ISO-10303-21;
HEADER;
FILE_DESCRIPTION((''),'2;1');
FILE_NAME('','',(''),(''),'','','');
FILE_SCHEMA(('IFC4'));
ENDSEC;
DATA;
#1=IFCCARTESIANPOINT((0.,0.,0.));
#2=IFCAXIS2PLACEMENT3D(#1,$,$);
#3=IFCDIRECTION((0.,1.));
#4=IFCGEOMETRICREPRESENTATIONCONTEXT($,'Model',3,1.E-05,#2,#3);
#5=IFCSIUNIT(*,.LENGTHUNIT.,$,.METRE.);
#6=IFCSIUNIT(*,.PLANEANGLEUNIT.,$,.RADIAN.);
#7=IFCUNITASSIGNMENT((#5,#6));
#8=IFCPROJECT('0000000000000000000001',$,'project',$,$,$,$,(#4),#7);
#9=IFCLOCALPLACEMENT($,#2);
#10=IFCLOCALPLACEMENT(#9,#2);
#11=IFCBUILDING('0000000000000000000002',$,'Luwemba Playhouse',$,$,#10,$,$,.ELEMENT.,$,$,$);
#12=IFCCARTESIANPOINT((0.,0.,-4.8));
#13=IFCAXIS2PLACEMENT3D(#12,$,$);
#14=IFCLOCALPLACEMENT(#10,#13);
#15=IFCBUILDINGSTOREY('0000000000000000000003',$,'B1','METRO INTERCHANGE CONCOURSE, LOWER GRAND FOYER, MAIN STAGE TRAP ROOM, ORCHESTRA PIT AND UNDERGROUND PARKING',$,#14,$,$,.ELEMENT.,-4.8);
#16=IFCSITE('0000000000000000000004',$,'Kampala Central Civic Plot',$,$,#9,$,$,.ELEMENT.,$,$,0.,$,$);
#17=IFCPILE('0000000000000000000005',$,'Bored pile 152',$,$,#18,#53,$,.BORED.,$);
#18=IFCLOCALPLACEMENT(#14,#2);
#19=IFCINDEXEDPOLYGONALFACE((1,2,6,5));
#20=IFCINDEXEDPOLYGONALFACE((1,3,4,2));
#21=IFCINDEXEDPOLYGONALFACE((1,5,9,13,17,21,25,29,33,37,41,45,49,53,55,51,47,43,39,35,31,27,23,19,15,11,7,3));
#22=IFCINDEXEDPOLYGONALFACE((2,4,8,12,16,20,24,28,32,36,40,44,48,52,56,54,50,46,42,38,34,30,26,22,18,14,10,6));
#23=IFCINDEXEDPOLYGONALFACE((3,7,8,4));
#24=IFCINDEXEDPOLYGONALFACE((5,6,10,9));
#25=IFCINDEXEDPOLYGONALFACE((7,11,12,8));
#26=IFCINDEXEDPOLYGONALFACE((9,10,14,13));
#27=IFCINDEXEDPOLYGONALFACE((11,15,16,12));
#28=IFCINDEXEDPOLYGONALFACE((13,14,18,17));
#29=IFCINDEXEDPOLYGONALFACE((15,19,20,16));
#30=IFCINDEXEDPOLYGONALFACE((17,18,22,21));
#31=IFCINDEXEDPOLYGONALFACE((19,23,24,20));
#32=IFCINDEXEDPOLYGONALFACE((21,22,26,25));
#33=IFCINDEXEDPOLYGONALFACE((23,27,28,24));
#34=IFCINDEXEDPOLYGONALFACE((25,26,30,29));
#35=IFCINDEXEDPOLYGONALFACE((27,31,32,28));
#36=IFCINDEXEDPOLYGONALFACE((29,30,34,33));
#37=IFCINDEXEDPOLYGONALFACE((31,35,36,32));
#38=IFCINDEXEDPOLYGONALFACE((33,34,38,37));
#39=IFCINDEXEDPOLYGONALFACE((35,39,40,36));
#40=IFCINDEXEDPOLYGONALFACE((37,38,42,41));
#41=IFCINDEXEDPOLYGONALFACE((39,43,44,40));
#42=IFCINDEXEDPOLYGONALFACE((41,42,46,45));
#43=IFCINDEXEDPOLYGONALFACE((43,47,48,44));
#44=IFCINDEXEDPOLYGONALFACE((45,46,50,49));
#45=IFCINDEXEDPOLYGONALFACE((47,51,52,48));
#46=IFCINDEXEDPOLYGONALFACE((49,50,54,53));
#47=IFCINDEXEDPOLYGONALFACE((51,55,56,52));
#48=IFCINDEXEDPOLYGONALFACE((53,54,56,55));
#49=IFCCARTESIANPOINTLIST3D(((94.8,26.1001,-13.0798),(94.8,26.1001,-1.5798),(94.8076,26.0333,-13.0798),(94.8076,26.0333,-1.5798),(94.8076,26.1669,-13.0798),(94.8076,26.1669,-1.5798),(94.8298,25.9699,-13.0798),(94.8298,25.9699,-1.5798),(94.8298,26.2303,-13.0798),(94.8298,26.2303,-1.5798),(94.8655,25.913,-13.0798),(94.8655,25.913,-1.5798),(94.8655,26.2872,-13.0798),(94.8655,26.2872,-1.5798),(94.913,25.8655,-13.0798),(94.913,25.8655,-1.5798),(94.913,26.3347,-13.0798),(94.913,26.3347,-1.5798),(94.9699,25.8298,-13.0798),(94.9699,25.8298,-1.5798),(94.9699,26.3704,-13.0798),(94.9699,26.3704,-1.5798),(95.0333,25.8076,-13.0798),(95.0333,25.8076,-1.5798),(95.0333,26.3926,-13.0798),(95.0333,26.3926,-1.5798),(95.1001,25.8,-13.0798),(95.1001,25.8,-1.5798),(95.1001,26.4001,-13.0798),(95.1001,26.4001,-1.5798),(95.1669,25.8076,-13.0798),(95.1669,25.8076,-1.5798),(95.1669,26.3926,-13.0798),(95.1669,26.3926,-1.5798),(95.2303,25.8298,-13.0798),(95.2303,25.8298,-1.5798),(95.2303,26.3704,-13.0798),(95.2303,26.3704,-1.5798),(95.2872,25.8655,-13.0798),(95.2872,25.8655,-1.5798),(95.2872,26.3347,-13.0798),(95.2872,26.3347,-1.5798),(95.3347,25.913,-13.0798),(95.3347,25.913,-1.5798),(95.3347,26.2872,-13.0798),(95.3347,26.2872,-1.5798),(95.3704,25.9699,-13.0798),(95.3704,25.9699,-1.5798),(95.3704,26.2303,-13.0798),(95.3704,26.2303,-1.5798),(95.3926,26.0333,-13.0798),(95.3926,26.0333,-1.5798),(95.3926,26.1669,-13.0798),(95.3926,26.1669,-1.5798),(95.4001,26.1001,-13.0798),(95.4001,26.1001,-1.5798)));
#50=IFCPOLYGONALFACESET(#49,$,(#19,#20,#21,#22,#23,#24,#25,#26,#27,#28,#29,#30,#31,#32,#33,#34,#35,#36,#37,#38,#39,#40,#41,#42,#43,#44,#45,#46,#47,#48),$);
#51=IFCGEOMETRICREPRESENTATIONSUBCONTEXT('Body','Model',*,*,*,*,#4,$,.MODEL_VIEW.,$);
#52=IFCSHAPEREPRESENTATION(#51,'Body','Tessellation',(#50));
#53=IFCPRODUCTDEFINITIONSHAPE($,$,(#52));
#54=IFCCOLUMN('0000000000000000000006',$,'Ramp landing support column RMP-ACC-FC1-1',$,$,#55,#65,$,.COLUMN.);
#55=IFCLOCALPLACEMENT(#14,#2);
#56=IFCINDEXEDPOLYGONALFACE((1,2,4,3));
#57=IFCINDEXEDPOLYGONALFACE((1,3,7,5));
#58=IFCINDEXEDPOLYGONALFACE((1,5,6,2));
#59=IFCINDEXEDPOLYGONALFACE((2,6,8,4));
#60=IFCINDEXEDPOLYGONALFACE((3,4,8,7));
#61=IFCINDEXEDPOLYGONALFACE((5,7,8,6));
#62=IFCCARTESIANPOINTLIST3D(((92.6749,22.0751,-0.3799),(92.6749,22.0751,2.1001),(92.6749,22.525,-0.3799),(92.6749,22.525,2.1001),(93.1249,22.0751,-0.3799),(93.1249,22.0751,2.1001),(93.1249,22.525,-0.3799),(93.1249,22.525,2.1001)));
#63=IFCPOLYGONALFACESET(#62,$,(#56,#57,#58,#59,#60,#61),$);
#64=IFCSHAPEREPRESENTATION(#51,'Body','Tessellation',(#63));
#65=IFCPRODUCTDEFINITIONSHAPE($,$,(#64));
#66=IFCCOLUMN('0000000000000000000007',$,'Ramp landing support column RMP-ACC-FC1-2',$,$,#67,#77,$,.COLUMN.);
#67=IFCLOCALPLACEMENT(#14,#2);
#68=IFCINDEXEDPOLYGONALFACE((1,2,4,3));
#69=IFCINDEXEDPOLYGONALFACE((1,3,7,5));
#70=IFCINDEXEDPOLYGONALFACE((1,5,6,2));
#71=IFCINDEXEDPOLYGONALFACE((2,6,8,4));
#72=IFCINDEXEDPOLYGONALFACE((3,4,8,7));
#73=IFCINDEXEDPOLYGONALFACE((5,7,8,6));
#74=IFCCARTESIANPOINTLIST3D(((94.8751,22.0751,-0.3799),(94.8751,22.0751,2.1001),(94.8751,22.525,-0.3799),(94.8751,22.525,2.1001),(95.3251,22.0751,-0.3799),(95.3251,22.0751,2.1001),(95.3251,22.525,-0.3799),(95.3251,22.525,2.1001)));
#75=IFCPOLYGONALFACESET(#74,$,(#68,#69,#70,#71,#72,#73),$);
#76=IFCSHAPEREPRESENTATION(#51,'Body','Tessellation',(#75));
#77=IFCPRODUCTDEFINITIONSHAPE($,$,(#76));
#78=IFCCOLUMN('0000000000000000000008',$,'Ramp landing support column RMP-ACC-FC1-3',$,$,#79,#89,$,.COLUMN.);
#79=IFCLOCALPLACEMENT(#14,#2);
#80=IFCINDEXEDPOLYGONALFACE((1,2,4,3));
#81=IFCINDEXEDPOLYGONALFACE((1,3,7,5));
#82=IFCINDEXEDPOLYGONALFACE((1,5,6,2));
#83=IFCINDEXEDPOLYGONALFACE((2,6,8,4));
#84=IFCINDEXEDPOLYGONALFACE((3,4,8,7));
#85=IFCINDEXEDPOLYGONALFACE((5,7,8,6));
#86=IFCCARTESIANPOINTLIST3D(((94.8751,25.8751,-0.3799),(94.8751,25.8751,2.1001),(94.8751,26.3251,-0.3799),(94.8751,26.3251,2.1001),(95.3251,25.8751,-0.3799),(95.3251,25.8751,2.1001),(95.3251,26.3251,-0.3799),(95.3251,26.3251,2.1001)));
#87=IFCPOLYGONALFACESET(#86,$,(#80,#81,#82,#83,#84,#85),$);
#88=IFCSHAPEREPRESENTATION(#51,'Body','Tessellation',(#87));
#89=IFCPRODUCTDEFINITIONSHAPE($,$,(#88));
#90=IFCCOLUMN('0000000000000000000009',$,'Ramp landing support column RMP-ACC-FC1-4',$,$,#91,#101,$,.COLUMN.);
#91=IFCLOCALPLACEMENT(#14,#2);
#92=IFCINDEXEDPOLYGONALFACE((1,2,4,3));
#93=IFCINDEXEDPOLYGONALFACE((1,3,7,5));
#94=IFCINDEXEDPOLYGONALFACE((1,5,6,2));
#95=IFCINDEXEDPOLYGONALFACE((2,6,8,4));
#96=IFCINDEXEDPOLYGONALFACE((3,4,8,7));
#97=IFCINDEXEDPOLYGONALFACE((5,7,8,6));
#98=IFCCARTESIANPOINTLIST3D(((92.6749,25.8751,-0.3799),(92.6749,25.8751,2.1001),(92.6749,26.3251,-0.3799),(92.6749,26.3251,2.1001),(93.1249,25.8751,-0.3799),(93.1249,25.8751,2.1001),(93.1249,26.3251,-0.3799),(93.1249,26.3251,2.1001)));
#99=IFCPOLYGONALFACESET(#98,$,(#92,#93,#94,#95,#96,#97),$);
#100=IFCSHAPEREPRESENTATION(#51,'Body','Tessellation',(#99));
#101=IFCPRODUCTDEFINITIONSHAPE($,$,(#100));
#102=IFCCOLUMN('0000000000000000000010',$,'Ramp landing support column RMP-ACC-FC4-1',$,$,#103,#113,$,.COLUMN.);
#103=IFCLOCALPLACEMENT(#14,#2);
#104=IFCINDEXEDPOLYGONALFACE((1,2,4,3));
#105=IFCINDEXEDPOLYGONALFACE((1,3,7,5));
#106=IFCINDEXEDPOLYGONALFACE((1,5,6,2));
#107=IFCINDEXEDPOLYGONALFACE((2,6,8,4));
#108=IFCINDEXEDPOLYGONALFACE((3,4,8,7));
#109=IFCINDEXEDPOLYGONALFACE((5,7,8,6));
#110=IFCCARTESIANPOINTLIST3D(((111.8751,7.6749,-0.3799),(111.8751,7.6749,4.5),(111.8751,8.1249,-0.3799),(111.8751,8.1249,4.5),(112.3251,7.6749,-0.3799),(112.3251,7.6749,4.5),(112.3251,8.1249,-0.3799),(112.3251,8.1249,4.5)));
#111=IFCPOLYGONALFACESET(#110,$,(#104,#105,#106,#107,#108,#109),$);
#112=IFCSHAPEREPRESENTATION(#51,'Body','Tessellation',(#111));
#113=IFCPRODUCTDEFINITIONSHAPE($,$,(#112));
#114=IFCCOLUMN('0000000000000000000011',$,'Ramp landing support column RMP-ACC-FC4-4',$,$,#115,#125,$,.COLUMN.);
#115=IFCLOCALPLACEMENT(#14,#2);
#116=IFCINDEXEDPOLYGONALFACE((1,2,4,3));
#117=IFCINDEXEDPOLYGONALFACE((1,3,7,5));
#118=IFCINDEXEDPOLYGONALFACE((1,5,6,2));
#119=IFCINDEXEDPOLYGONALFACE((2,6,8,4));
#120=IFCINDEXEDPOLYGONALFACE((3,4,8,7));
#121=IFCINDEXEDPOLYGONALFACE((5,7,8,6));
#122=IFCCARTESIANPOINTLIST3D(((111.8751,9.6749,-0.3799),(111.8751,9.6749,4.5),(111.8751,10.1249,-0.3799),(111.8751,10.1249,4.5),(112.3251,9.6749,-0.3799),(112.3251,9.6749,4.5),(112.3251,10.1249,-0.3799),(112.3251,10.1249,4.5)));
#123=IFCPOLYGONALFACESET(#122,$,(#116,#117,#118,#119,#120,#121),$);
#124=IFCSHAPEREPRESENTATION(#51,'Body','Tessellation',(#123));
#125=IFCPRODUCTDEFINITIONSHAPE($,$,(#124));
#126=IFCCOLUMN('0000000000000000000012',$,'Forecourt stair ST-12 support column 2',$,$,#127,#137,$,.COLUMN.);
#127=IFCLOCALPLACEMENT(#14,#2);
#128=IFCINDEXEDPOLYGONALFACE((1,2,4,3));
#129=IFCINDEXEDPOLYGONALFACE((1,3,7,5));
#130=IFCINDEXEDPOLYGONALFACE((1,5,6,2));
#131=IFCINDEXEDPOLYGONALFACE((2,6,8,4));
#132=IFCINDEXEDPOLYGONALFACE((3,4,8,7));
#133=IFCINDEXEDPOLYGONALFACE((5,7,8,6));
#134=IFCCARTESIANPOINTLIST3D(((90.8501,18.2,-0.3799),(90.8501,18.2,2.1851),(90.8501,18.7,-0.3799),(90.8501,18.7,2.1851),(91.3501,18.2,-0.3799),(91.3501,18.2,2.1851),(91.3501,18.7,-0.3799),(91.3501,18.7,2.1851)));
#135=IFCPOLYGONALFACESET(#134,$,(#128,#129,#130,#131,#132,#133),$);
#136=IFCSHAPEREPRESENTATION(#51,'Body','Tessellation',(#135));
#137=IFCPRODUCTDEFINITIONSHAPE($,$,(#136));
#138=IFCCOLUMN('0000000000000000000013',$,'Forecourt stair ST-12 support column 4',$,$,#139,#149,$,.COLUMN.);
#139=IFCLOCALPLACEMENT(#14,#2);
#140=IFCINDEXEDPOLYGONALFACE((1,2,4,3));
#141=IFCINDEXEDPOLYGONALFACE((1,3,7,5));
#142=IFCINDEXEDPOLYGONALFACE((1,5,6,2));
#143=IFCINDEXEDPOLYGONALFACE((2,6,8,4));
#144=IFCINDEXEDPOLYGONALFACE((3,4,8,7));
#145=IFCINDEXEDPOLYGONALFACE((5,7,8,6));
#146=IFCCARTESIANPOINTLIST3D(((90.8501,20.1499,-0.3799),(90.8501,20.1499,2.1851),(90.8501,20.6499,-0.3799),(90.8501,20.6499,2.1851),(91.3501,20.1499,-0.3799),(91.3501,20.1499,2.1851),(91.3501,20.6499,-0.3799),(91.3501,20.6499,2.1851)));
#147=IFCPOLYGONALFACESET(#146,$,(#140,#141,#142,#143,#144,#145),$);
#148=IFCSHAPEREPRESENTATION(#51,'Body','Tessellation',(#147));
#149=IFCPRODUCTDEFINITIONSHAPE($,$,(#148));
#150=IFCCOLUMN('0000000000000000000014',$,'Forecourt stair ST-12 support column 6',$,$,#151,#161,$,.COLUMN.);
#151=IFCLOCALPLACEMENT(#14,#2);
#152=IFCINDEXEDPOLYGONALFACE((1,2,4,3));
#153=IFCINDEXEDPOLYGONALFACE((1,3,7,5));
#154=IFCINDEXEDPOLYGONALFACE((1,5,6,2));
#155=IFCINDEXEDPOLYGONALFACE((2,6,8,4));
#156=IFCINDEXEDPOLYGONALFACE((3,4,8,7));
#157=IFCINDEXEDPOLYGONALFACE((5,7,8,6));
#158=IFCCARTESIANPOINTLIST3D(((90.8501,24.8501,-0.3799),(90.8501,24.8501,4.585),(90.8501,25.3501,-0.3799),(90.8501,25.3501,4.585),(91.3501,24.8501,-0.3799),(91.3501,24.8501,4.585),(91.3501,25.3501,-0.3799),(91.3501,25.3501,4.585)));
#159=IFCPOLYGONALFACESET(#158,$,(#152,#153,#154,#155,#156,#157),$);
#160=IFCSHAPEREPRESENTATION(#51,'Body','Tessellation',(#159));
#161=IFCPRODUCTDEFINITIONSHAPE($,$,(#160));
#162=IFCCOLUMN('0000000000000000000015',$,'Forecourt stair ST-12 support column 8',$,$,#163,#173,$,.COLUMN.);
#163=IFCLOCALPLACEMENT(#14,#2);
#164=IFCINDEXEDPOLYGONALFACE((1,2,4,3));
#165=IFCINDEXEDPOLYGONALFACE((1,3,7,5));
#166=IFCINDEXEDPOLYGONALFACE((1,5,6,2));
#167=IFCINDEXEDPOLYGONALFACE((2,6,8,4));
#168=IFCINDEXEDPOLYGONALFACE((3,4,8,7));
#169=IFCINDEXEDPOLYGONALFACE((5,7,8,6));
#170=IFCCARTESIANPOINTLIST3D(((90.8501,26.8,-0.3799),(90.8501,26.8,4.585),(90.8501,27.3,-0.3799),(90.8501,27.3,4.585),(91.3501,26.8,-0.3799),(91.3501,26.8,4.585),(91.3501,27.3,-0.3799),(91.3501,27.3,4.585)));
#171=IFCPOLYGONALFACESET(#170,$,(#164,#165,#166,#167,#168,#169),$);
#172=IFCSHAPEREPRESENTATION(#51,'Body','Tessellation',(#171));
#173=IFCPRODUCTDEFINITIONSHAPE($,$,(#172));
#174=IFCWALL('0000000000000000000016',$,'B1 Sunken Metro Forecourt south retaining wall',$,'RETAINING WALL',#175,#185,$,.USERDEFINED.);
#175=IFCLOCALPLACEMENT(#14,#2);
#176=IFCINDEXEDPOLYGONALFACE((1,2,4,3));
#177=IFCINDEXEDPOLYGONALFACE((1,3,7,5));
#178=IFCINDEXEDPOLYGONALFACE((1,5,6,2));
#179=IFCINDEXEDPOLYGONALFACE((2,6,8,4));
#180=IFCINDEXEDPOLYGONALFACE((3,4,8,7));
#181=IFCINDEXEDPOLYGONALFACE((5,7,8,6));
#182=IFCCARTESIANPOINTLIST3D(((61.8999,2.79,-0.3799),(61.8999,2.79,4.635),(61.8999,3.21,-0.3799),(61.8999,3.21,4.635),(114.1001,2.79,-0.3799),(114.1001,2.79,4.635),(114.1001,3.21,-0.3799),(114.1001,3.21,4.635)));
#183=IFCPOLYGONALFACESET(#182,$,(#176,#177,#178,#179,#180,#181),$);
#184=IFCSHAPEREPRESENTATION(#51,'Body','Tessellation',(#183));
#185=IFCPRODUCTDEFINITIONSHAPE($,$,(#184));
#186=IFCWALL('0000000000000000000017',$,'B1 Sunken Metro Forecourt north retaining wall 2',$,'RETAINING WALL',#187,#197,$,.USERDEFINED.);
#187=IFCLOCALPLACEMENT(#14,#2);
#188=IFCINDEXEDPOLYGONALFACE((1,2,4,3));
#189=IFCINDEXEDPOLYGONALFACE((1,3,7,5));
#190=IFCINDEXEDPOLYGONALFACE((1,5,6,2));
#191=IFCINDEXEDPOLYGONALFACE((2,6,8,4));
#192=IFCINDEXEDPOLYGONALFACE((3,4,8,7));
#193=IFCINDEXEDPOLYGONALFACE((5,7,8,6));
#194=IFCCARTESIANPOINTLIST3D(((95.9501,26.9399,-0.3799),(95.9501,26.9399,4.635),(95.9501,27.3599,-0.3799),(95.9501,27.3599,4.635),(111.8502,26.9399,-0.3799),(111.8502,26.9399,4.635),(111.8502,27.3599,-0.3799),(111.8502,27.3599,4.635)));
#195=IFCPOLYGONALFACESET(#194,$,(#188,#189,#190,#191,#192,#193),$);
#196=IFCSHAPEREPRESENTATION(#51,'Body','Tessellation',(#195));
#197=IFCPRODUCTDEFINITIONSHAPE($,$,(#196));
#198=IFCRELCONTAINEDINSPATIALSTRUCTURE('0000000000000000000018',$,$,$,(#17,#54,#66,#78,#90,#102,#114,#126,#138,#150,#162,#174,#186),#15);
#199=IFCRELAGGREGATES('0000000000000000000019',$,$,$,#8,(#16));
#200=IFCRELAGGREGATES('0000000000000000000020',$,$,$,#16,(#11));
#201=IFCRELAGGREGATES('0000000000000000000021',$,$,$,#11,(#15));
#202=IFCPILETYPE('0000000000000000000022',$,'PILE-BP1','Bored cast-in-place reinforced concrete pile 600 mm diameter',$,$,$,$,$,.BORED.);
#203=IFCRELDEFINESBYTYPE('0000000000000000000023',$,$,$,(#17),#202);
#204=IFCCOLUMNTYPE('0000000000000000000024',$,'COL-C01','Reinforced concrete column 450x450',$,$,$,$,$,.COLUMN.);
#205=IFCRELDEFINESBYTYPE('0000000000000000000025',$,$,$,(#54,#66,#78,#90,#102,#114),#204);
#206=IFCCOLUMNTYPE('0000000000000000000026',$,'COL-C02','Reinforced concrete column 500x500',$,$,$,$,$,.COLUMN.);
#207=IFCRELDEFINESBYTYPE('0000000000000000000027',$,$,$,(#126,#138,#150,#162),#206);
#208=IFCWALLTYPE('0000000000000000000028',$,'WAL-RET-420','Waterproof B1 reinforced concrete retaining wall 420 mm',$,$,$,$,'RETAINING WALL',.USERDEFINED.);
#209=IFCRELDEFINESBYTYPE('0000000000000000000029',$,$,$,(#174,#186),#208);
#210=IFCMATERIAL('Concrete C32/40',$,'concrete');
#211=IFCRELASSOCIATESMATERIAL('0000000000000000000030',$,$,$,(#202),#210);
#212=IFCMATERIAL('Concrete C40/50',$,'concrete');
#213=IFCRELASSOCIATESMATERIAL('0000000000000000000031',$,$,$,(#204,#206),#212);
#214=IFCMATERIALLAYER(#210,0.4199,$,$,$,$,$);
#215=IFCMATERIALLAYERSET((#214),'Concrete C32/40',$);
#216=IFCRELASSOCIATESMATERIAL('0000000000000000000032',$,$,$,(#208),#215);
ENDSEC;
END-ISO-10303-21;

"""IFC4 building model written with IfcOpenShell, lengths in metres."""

from ifc_helpers import new_model, si_unit, direction, frame, frame_2d, origin, origin_2d, place, context, subcontext, project, spatial, rectangle, circle, extrude, material, layer, layer_set, material_profile, profile_set, type_object, element, save


model = new_model("IFC4")

# Units and contexts
model_context = context("Model", 3, precision=1e-05, world=origin(), true_north=direction((0.0, 1.0)))
body_context = subcontext(model_context, "Body", "Model", "MODEL_VIEW")
ifc_project = project(units=[si_unit("LENGTHUNIT", "METRE"), si_unit("PLANEANGLEUNIT", "RADIAN")], contexts=[model_context])

# Site, building, storey
site_placement = place(None, origin())
site = spatial("IfcSite", under=ifc_project, at=site_placement, Name="Kampala Central Civic Plot", CompositionType="ELEMENT", RefElevation=0.0)
building_placement = place(site_placement, origin())
building = spatial("IfcBuilding", under=site, at=building_placement, Name="Luwemba Playhouse", CompositionType="ELEMENT")
storey_placement = place(building_placement, frame((0.0, 0.0, -4.8)))
storey = spatial("IfcBuildingStorey", under=building, at=storey_placement, Name="B1", Description="METRO INTERCHANGE CONCOURSE, LOWER GRAND FOYER, MAIN STAGE TRAP ROOM, ORCHESTRA PIT AND UNDERGROUND PARKING", CompositionType="ELEMENT", Elevation=-4.8)

# Shared definitions
ifc_material_1 = material(Name="Concrete C32/40", Category="concrete")

# Pile
ifc_material_profile_1 = material_profile(ifc_material_1, circle(Radius=0.3, at=origin_2d()))
ifc_profile_set_1 = profile_set([ifc_material_profile_1], Name="Concrete C32/40")
pile_type = type_object("IfcPileType", Name="PILE-BP1", Description="Bored cast-in-place reinforced concrete pile 600 mm diameter", PredefinedType="BORED", material=ifc_profile_set_1)
for number, where, z_axis, x_axis, name in (
    (1, (95.1001, 26.1001, -1.5798), (0.0, 0.0, -1.0), (1.0, 0.0, 0.0), "Bored pile 152"),
):
    element("IfcPile", number, at=place(storey_placement, frame(where, z_axis=z_axis, x_axis=x_axis)), inside=storey, type_object=pile_type, Name=name, PredefinedType="BORED", context=body_context, shape_type="SweptSolid", body=[
        extrude(circle(Radius=0.3, at=origin_2d()), origin(), (0.0, 0.0, 1.0), 11.5),
    ])

# Columns
ifc_material_2 = material(Name="Concrete C40/50", Category="concrete")
ifc_material_profile_2 = material_profile(ifc_material_2, rectangle(XDim=0.45, YDim=0.45, at=origin_2d()))
ifc_profile_set_2 = profile_set([ifc_material_profile_2], Name="Concrete C40/50")
column_type_1 = type_object("IfcColumnType", Name="COL-C01", Description="Reinforced concrete column 450x450", PredefinedType="COLUMN", material=ifc_profile_set_2)
for number, where, z_axis, x_axis, name in (
    (2, (92.8999, 22.3, -0.3799), (0.0, 0.0, 1.0), (1.0, 0.0, 0.0), "Ramp landing support column RMP-ACC-FC1-1"),
    (3, (95.1001, 22.3, -0.3799), (0.0, 0.0, 1.0), (1.0, 0.0, 0.0), "Ramp landing support column RMP-ACC-FC1-2"),
    (4, (95.1001, 26.1001, -0.3799), (0.0, 0.0, 1.0), (1.0, 0.0, 0.0), "Ramp landing support column RMP-ACC-FC1-3"),
    (5, (92.8999, 26.1001, -0.3799), (0.0, 0.0, 1.0), (1.0, 0.0, 0.0), "Ramp landing support column RMP-ACC-FC1-4"),
):
    element("IfcColumn", number, at=place(storey_placement, frame(where, z_axis=z_axis, x_axis=x_axis)), inside=storey, type_object=column_type_1, Name=name, PredefinedType="COLUMN", context=body_context, shape_type="SweptSolid", body=[
        extrude(rectangle(XDim=0.45, YDim=0.45, at=origin_2d()), origin(), (0.0, 0.0, 1.0), 2.48),
    ])
for number, where, z_axis, x_axis, name in (
    (6, (112.1001, 7.8999, -0.3799), (0.0, 0.0, 1.0), (1.0, 0.0, 0.0), "Ramp landing support column RMP-ACC-FC4-1"),
    (7, (112.1001, 9.8999, -0.3799), (0.0, 0.0, 1.0), (1.0, 0.0, 0.0), "Ramp landing support column RMP-ACC-FC4-4"),
):
    element("IfcColumn", number, at=place(storey_placement, frame(where, z_axis=z_axis, x_axis=x_axis)), inside=storey, type_object=column_type_1, Name=name, PredefinedType="COLUMN", context=body_context, shape_type="SweptSolid", body=[
        extrude(rectangle(XDim=0.45, YDim=0.45, at=origin_2d()), origin(), (0.0, 0.0, 1.0), 4.8799),
    ])
ifc_material_profile_3 = material_profile(ifc_material_2, rectangle(XDim=0.5, YDim=0.5, at=origin_2d()))
ifc_profile_set_3 = profile_set([ifc_material_profile_3], Name="Concrete C40/50")
column_type_2 = type_object("IfcColumnType", Name="COL-C02", Description="Reinforced concrete column 500x500", PredefinedType="COLUMN", material=ifc_profile_set_3)
for number, where, z_axis, x_axis, name in (
    (8, (91.1001, 18.45, -0.3799), (0.0, 0.0, 1.0), (1.0, 0.0, 0.0), "Forecourt stair ST-12 support column 2"),
    (9, (91.1001, 20.3999, -0.3799), (0.0, 0.0, 1.0), (1.0, 0.0, 0.0), "Forecourt stair ST-12 support column 4"),
):
    element("IfcColumn", number, at=place(storey_placement, frame(where, z_axis=z_axis, x_axis=x_axis)), inside=storey, type_object=column_type_2, Name=name, PredefinedType="COLUMN", context=body_context, shape_type="SweptSolid", body=[
        extrude(rectangle(XDim=0.5, YDim=0.5, at=origin_2d()), origin(), (0.0, 0.0, 1.0), 2.5649),
    ])
for number, where, z_axis, x_axis, name in (
    (10, (91.1001, 25.1001, -0.3799), (0.0, 0.0, 1.0), (1.0, 0.0, 0.0), "Forecourt stair ST-12 support column 6"),
    (11, (91.1001, 27.05, -0.3799), (0.0, 0.0, 1.0), (1.0, 0.0, 0.0), "Forecourt stair ST-12 support column 8"),
):
    element("IfcColumn", number, at=place(storey_placement, frame(where, z_axis=z_axis, x_axis=x_axis)), inside=storey, type_object=column_type_2, Name=name, PredefinedType="COLUMN", context=body_context, shape_type="SweptSolid", body=[
        extrude(rectangle(XDim=0.5, YDim=0.5, at=origin_2d()), origin(), (0.0, 0.0, 1.0), 4.9648),
    ])

# Walls
ifc_layer_1 = layer(ifc_material_1, 0.4199)
ifc_layer_set_1 = layer_set([ifc_layer_1], Name="Concrete C32/40")
wall_type = type_object("IfcWallType", Name="WAL-RET-420", Description="Waterproof B1 reinforced concrete retaining wall 420 mm", ElementType="RETAINING WALL", PredefinedType="USERDEFINED", material=ifc_layer_set_1)
wall_1_placement = place(storey_placement, frame((114.1001, 3.0, -0.3799), z_axis=(0.0, 0.0, 1.0), x_axis=(-1.0, 0.0, 0.0)))
element("IfcWall", 12, at=wall_1_placement, inside=storey, type_object=wall_type, Name="B1 Sunken Metro Forecourt south retaining wall", ObjectType="RETAINING WALL", PredefinedType="USERDEFINED", context=body_context, shape_type="SweptSolid", body=[
    extrude(rectangle(XDim=52.2002, YDim=0.4199, at=frame_2d((26.1001, 0.0))), origin(), (0.0, 0.0, 1.0), 5.0149),
])
wall_2_placement = place(storey_placement, frame((95.95, 27.1499, -0.3799), z_axis=(0.0, 0.0, 1.0), x_axis=(1.0, 0.0, 0.0)))
element("IfcWall", 13, at=wall_2_placement, inside=storey, type_object=wall_type, Name="B1 Sunken Metro Forecourt north retaining wall 2", ObjectType="RETAINING WALL", PredefinedType="USERDEFINED", context=body_context, shape_type="SweptSolid", body=[
    extrude(rectangle(XDim=15.9001, YDim=0.4199, at=frame_2d((7.9502, 0.0))), origin(), (0.0, 0.0, 1.0), 5.0149),
])

save(model, "model.ifc")
